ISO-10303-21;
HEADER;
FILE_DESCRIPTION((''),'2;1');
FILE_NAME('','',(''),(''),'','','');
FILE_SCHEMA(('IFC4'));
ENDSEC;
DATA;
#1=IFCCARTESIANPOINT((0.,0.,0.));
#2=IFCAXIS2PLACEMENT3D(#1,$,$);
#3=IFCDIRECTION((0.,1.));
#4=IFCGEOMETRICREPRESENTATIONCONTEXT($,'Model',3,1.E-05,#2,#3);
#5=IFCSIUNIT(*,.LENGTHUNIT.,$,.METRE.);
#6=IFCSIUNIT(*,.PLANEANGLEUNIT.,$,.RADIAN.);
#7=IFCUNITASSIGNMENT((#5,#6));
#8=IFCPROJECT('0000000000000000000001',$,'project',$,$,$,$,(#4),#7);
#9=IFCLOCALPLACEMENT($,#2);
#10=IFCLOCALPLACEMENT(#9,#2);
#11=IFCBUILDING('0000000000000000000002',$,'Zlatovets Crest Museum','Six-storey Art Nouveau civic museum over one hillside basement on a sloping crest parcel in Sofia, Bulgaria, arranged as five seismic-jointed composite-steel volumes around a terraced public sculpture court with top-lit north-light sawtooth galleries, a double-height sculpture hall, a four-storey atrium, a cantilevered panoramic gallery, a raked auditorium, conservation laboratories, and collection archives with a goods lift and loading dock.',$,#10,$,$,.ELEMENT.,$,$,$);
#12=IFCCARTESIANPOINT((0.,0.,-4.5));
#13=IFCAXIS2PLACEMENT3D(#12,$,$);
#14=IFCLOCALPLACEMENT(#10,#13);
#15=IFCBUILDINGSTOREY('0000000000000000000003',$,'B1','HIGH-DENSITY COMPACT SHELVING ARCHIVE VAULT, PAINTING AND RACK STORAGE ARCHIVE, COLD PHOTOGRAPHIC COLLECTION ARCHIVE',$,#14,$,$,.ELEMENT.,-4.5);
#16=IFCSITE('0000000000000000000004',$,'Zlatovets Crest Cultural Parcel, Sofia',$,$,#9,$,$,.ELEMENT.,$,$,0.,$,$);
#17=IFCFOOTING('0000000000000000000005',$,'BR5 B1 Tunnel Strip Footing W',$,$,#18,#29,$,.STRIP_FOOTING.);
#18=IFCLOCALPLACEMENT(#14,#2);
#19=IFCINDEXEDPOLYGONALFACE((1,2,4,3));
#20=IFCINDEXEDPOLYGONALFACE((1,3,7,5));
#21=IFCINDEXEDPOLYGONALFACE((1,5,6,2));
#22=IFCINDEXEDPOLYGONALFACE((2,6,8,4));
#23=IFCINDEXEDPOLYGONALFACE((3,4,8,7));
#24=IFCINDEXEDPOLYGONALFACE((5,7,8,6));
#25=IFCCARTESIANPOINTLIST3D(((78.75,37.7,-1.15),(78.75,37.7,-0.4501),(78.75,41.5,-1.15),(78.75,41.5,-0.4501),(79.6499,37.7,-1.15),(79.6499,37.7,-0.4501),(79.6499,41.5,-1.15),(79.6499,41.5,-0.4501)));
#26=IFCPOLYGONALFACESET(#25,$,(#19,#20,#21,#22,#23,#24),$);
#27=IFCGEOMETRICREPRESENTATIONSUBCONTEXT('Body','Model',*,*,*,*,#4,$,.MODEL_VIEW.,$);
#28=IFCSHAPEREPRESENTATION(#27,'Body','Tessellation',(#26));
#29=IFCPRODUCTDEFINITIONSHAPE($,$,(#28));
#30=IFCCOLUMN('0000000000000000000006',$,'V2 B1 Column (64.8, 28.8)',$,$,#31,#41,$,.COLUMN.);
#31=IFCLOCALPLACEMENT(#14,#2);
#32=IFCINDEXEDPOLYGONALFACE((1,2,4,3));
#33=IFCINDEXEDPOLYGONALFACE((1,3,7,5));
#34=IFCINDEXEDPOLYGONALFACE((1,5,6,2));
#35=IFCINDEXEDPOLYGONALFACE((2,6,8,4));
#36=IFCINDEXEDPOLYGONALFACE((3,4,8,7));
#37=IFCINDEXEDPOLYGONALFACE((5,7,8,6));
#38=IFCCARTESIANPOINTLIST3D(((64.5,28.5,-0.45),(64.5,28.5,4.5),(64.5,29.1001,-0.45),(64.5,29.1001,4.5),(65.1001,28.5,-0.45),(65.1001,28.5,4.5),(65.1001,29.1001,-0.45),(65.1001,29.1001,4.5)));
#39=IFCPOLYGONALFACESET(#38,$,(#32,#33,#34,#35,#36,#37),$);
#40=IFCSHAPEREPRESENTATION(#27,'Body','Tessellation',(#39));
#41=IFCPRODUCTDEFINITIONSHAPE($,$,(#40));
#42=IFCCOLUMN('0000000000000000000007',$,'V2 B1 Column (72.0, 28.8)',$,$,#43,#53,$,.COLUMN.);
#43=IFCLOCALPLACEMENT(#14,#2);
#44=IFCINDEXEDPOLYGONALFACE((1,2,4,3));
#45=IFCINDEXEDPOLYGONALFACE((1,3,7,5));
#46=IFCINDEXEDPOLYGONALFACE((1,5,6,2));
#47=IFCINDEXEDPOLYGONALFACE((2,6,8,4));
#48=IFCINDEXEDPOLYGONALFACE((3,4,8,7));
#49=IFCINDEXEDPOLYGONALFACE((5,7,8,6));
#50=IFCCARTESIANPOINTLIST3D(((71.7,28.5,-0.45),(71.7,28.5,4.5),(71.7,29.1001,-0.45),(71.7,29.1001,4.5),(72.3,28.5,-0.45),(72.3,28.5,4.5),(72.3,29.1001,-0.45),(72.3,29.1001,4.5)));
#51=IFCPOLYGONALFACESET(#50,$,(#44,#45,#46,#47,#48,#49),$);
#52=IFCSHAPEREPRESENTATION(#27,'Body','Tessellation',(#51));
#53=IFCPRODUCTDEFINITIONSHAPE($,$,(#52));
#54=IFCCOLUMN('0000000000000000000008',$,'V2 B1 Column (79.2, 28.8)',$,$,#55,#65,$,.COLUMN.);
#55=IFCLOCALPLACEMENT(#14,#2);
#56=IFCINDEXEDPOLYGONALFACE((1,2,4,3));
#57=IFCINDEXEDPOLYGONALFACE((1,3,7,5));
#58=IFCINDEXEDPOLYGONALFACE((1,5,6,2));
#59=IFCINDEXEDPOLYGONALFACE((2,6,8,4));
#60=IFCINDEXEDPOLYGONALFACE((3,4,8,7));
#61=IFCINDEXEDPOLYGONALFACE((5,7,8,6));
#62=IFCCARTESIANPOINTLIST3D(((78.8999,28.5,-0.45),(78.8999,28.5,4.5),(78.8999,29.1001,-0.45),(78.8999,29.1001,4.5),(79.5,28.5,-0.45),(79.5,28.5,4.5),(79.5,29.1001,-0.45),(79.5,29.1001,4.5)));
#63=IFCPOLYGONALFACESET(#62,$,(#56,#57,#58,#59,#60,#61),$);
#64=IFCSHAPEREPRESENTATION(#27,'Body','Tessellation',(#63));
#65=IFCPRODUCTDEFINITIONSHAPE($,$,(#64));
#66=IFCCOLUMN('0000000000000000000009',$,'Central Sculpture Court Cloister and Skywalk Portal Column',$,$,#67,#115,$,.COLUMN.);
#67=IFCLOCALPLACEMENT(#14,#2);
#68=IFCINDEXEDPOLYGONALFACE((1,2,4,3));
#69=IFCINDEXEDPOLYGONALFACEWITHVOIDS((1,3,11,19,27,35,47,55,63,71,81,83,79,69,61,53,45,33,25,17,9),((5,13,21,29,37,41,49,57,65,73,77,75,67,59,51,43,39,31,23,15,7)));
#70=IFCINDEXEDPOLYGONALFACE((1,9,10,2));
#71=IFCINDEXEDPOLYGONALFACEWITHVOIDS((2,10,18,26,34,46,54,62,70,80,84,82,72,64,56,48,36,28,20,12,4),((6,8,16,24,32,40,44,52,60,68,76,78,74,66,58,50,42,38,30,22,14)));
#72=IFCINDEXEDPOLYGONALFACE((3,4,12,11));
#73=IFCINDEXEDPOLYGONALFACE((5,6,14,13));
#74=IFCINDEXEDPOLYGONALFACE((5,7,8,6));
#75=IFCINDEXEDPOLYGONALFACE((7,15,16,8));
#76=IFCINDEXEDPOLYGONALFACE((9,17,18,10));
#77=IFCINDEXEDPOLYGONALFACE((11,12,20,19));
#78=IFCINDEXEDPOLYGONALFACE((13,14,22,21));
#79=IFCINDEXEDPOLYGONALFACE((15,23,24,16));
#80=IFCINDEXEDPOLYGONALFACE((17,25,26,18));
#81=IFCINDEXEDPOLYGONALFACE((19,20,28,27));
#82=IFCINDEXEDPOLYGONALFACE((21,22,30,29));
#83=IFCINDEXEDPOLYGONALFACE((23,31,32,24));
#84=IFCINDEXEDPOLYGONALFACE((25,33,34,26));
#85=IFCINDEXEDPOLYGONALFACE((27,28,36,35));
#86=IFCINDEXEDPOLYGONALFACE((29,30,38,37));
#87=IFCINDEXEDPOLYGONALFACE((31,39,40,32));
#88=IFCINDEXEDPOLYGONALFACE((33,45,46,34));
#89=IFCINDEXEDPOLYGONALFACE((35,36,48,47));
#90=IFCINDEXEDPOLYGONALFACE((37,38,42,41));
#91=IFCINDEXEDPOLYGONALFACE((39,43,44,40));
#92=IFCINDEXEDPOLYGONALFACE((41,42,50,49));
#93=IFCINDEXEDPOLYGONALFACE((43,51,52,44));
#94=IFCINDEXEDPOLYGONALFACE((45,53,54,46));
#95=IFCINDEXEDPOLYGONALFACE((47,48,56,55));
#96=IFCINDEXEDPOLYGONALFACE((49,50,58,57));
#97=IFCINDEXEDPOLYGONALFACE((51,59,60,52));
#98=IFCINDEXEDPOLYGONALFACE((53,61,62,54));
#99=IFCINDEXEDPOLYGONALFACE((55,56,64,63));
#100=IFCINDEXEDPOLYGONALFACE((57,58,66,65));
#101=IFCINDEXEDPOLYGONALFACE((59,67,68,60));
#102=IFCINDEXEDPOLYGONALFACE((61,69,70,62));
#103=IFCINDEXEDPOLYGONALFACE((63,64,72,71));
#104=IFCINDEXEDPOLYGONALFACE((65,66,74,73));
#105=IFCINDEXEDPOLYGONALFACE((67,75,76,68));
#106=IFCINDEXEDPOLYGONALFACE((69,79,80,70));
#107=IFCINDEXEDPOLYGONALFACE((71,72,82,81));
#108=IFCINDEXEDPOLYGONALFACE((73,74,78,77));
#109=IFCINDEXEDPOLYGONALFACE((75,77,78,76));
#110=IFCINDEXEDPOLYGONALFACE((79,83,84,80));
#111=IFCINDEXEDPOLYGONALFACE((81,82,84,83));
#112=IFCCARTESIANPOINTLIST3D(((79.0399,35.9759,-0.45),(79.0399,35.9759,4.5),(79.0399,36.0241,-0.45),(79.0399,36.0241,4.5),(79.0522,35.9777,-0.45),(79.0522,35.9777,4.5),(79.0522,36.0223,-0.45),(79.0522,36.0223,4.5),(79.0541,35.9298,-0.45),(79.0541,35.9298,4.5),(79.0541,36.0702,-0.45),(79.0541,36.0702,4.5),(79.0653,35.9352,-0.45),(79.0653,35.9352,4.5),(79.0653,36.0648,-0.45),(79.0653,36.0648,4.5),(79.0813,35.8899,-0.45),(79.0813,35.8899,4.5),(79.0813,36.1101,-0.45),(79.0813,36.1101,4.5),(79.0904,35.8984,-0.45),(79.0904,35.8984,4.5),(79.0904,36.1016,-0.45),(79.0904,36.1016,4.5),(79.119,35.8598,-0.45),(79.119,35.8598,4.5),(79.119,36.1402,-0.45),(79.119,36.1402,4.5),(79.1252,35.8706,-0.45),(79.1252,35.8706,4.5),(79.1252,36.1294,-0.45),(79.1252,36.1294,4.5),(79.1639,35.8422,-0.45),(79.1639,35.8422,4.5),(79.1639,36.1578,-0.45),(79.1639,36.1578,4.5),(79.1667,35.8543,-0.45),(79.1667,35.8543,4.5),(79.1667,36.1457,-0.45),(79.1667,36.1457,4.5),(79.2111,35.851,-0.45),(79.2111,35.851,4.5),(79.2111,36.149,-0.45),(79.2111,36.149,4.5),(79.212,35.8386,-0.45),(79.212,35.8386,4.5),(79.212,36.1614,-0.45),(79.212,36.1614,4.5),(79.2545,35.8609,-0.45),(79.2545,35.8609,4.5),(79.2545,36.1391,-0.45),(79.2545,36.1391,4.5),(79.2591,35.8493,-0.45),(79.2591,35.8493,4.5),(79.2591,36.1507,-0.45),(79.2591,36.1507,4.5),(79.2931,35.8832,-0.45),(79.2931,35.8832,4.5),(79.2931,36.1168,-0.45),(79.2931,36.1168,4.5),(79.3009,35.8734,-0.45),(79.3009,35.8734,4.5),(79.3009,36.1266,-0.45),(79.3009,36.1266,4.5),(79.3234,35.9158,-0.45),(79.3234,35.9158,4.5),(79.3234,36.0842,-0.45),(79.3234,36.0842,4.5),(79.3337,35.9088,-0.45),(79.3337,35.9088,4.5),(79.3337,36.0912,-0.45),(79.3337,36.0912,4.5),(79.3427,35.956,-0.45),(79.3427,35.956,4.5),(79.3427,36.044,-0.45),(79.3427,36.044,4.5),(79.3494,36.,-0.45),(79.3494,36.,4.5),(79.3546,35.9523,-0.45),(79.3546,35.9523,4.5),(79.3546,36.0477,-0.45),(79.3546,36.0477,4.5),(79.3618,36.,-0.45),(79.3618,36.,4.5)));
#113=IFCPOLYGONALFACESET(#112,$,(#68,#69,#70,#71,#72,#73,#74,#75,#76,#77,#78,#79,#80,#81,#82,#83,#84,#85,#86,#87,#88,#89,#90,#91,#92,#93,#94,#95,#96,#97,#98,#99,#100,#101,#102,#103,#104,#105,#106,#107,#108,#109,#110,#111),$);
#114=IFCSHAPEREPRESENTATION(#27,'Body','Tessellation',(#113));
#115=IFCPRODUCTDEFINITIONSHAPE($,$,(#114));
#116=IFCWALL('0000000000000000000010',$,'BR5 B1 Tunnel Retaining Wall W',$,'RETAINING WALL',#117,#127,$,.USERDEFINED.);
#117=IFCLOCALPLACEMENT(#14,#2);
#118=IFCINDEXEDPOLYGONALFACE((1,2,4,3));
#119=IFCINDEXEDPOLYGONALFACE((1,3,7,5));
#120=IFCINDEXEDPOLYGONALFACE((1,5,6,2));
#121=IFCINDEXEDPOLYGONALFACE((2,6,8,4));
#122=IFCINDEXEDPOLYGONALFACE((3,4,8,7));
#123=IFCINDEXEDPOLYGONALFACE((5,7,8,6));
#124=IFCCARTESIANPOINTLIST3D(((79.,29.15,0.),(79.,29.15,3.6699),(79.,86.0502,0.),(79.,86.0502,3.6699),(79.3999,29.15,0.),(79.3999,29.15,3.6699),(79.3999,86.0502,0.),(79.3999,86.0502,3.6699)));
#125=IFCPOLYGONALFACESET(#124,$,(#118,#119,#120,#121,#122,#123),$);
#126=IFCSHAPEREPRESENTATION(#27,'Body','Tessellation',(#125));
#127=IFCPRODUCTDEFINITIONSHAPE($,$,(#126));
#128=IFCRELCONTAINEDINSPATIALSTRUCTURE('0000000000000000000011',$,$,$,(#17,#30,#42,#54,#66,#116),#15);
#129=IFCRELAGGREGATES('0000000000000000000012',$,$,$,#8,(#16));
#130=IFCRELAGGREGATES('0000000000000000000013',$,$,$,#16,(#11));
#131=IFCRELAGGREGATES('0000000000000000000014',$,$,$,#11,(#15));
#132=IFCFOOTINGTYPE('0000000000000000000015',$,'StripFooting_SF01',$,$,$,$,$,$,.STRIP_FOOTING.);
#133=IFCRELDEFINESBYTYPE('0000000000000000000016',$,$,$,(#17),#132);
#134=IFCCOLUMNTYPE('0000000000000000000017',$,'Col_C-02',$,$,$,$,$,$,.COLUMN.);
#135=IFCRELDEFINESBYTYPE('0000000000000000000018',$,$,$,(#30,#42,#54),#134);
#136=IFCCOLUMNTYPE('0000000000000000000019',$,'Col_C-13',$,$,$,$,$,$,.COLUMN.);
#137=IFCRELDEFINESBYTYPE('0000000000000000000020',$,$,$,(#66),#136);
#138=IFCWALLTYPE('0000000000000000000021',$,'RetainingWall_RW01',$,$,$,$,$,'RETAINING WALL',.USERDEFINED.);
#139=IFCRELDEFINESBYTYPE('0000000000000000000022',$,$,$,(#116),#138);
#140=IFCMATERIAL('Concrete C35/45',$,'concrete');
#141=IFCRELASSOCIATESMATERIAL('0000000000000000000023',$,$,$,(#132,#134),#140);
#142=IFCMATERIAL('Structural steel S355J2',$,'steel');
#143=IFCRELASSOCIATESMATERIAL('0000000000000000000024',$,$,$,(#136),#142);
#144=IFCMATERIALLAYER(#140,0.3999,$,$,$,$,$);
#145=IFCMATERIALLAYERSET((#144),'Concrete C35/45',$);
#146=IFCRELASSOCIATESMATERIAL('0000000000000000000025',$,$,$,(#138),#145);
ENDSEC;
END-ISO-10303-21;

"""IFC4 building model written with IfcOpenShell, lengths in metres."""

from ifc_helpers import new_model, si_unit, direction, frame, frame_2d, origin, origin_2d, place, context, subcontext, project, spatial, rectangle, hollow_circle, extrude, material, layer, layer_set, material_profile, profile_set, type_object, element, save


model = new_model("IFC4")

# Units and contexts
model_context = context("Model", 3, precision=1e-05, world=origin(), true_north=direction((0.0, 1.0)))
body_context = subcontext(model_context, "Body", "Model", "MODEL_VIEW")
ifc_project = project(units=[si_unit("LENGTHUNIT", "METRE"), si_unit("PLANEANGLEUNIT", "RADIAN")], contexts=[model_context])

# Site, building, storey
site_placement = place(None, origin())
site = spatial("IfcSite", under=ifc_project, at=site_placement, Name="Zlatovets Crest Cultural Parcel, Sofia", CompositionType="ELEMENT", RefElevation=0.0)
building_placement = place(site_placement, origin())
building = spatial("IfcBuilding", under=site, at=building_placement, Name="Zlatovets Crest Museum", Description="Six-storey Art Nouveau civic museum over one hillside basement on a sloping crest parcel in Sofia, Bulgaria, arranged as five seismic-jointed composite-steel volumes around a terraced public sculpture court with top-lit north-light sawtooth galleries, a double-height sculpture hall, a four-storey atrium, a cantilevered panoramic gallery, a raked auditorium, conservation laboratories, and collection archives with a goods lift and loading dock.", CompositionType="ELEMENT")
storey_placement = place(building_placement, frame((0.0, 0.0, -4.5)))
storey = spatial("IfcBuildingStorey", under=building, at=storey_placement, Name="B1", Description="HIGH-DENSITY COMPACT SHELVING ARCHIVE VAULT, PAINTING AND RACK STORAGE ARCHIVE, COLD PHOTOGRAPHIC COLLECTION ARCHIVE", CompositionType="ELEMENT", Elevation=-4.5)

# Shared definitions
ifc_material_1 = material(Name="Concrete C35/45", Category="concrete")

# Footing
ifc_material_profile_1 = material_profile(ifc_material_1, rectangle(XDim=0.8999, YDim=0.7, at=origin_2d()), Name="RC 900x700")
ifc_profile_set_1 = profile_set([ifc_material_profile_1], Name="Concrete C35/45")
footing_type_1 = type_object("IfcFootingType", Name="StripFooting_SF01", PredefinedType="STRIP_FOOTING", material=ifc_profile_set_1)
footing_1_placement = place(storey_placement, frame((79.2, 37.7, -0.8), z_axis=(0.0, 1.0, 0.0), x_axis=(-1.0, 0.0, 0.0)))
element("IfcFooting", 1, at=footing_1_placement, inside=storey, type_object=footing_type_1, Name="BR5 B1 Tunnel Strip Footing W", PredefinedType="STRIP_FOOTING", context=body_context, shape_type="SweptSolid", body=[
    extrude(rectangle(XDim=0.8999, YDim=0.7, at=origin_2d()), origin(), (0.0, 0.0, 1.0), 3.8),
])

# Columns
ifc_material_profile_2 = material_profile(ifc_material_1, rectangle(XDim=0.6001, YDim=0.6001, at=origin_2d()), Name="RC 600x600")
ifc_profile_set_2 = profile_set([ifc_material_profile_2], Name="Concrete C35/45")
column_type_1 = type_object("IfcColumnType", Name="Col_C-02", PredefinedType="COLUMN", material=ifc_profile_set_2)
for number, where, z_axis, x_axis, name in (
    (2, (64.8, 28.8, -0.45), (0.0, 0.0, 1.0), (0.0, 1.0, 0.0), "V2 B1 Column (64.8, 28.8)"),
    (3, (72.0, 28.8, -0.45), (0.0, 0.0, 1.0), (1.0, 0.0, 0.0), "V2 B1 Column (72.0, 28.8)"),
    (4, (79.2, 28.8, -0.45), (0.0, 0.0, 1.0), (0.0, 1.0, 0.0), "V2 B1 Column (79.2, 28.8)"),
):
    element("IfcColumn", number, at=place(storey_placement, frame(where, z_axis=z_axis, x_axis=x_axis)), inside=storey, type_object=column_type_1, Name=name, PredefinedType="COLUMN", context=body_context, shape_type="SweptSolid", body=[
        extrude(rectangle(XDim=0.6001, YDim=0.6001, at=origin_2d()), origin(), (0.0, 0.0, 1.0), 4.95),
    ])
ifc_material_2 = material(Name="Structural steel S355J2", Category="steel")
ifc_material_profile_3 = material_profile(ifc_material_2, hollow_circle(Radius=0.1619, WallThickness=0.0125, at=origin_2d()), Name="CHS 323.9x12.5")
ifc_profile_set_3 = profile_set([ifc_material_profile_3], Name="Structural steel S355J2")
column_type_2 = type_object("IfcColumnType", Name="Col_C-13", PredefinedType="COLUMN", material=ifc_profile_set_3)
column_placement = place(storey_placement, frame((79.2, 36.0, -0.45), z_axis=(0.0, 0.0, 1.0), x_axis=(1.0, 0.0, 0.0)))
element("IfcColumn", 5, at=column_placement, inside=storey, type_object=column_type_2, Name="Central Sculpture Court Cloister and Skywalk Portal Column", PredefinedType="COLUMN", context=body_context, shape_type="SweptSolid", body=[
    extrude(hollow_circle(Radius=0.1619, WallThickness=0.0125, at=origin_2d()), origin(), (0.0, 0.0, 1.0), 4.95),
])

# Wall
ifc_layer = layer(ifc_material_1, 0.3999)
ifc_layer_set = layer_set([ifc_layer], Name="Concrete C35/45")
wall_type = type_object("IfcWallType", Name="RetainingWall_RW01", ElementType="RETAINING WALL", PredefinedType="USERDEFINED", material=ifc_layer_set)
wall_placement = place(storey_placement, frame((79.2, 29.1499, 0.0), z_axis=(0.0, 0.0, 1.0), x_axis=(0.0, 1.0, 0.0)))
element("IfcWall", 6, at=wall_placement, inside=storey, type_object=wall_type, Name="BR5 B1 Tunnel Retaining Wall W", ObjectType="RETAINING WALL", PredefinedType="USERDEFINED", context=body_context, shape_type="SweptSolid", body=[
    extrude(rectangle(XDim=56.9001, YDim=0.3999, at=frame_2d((28.4502, 0.0))), origin(), (0.0, 0.0, 1.0), 3.6699),
])

save(model, "model.ifc")
